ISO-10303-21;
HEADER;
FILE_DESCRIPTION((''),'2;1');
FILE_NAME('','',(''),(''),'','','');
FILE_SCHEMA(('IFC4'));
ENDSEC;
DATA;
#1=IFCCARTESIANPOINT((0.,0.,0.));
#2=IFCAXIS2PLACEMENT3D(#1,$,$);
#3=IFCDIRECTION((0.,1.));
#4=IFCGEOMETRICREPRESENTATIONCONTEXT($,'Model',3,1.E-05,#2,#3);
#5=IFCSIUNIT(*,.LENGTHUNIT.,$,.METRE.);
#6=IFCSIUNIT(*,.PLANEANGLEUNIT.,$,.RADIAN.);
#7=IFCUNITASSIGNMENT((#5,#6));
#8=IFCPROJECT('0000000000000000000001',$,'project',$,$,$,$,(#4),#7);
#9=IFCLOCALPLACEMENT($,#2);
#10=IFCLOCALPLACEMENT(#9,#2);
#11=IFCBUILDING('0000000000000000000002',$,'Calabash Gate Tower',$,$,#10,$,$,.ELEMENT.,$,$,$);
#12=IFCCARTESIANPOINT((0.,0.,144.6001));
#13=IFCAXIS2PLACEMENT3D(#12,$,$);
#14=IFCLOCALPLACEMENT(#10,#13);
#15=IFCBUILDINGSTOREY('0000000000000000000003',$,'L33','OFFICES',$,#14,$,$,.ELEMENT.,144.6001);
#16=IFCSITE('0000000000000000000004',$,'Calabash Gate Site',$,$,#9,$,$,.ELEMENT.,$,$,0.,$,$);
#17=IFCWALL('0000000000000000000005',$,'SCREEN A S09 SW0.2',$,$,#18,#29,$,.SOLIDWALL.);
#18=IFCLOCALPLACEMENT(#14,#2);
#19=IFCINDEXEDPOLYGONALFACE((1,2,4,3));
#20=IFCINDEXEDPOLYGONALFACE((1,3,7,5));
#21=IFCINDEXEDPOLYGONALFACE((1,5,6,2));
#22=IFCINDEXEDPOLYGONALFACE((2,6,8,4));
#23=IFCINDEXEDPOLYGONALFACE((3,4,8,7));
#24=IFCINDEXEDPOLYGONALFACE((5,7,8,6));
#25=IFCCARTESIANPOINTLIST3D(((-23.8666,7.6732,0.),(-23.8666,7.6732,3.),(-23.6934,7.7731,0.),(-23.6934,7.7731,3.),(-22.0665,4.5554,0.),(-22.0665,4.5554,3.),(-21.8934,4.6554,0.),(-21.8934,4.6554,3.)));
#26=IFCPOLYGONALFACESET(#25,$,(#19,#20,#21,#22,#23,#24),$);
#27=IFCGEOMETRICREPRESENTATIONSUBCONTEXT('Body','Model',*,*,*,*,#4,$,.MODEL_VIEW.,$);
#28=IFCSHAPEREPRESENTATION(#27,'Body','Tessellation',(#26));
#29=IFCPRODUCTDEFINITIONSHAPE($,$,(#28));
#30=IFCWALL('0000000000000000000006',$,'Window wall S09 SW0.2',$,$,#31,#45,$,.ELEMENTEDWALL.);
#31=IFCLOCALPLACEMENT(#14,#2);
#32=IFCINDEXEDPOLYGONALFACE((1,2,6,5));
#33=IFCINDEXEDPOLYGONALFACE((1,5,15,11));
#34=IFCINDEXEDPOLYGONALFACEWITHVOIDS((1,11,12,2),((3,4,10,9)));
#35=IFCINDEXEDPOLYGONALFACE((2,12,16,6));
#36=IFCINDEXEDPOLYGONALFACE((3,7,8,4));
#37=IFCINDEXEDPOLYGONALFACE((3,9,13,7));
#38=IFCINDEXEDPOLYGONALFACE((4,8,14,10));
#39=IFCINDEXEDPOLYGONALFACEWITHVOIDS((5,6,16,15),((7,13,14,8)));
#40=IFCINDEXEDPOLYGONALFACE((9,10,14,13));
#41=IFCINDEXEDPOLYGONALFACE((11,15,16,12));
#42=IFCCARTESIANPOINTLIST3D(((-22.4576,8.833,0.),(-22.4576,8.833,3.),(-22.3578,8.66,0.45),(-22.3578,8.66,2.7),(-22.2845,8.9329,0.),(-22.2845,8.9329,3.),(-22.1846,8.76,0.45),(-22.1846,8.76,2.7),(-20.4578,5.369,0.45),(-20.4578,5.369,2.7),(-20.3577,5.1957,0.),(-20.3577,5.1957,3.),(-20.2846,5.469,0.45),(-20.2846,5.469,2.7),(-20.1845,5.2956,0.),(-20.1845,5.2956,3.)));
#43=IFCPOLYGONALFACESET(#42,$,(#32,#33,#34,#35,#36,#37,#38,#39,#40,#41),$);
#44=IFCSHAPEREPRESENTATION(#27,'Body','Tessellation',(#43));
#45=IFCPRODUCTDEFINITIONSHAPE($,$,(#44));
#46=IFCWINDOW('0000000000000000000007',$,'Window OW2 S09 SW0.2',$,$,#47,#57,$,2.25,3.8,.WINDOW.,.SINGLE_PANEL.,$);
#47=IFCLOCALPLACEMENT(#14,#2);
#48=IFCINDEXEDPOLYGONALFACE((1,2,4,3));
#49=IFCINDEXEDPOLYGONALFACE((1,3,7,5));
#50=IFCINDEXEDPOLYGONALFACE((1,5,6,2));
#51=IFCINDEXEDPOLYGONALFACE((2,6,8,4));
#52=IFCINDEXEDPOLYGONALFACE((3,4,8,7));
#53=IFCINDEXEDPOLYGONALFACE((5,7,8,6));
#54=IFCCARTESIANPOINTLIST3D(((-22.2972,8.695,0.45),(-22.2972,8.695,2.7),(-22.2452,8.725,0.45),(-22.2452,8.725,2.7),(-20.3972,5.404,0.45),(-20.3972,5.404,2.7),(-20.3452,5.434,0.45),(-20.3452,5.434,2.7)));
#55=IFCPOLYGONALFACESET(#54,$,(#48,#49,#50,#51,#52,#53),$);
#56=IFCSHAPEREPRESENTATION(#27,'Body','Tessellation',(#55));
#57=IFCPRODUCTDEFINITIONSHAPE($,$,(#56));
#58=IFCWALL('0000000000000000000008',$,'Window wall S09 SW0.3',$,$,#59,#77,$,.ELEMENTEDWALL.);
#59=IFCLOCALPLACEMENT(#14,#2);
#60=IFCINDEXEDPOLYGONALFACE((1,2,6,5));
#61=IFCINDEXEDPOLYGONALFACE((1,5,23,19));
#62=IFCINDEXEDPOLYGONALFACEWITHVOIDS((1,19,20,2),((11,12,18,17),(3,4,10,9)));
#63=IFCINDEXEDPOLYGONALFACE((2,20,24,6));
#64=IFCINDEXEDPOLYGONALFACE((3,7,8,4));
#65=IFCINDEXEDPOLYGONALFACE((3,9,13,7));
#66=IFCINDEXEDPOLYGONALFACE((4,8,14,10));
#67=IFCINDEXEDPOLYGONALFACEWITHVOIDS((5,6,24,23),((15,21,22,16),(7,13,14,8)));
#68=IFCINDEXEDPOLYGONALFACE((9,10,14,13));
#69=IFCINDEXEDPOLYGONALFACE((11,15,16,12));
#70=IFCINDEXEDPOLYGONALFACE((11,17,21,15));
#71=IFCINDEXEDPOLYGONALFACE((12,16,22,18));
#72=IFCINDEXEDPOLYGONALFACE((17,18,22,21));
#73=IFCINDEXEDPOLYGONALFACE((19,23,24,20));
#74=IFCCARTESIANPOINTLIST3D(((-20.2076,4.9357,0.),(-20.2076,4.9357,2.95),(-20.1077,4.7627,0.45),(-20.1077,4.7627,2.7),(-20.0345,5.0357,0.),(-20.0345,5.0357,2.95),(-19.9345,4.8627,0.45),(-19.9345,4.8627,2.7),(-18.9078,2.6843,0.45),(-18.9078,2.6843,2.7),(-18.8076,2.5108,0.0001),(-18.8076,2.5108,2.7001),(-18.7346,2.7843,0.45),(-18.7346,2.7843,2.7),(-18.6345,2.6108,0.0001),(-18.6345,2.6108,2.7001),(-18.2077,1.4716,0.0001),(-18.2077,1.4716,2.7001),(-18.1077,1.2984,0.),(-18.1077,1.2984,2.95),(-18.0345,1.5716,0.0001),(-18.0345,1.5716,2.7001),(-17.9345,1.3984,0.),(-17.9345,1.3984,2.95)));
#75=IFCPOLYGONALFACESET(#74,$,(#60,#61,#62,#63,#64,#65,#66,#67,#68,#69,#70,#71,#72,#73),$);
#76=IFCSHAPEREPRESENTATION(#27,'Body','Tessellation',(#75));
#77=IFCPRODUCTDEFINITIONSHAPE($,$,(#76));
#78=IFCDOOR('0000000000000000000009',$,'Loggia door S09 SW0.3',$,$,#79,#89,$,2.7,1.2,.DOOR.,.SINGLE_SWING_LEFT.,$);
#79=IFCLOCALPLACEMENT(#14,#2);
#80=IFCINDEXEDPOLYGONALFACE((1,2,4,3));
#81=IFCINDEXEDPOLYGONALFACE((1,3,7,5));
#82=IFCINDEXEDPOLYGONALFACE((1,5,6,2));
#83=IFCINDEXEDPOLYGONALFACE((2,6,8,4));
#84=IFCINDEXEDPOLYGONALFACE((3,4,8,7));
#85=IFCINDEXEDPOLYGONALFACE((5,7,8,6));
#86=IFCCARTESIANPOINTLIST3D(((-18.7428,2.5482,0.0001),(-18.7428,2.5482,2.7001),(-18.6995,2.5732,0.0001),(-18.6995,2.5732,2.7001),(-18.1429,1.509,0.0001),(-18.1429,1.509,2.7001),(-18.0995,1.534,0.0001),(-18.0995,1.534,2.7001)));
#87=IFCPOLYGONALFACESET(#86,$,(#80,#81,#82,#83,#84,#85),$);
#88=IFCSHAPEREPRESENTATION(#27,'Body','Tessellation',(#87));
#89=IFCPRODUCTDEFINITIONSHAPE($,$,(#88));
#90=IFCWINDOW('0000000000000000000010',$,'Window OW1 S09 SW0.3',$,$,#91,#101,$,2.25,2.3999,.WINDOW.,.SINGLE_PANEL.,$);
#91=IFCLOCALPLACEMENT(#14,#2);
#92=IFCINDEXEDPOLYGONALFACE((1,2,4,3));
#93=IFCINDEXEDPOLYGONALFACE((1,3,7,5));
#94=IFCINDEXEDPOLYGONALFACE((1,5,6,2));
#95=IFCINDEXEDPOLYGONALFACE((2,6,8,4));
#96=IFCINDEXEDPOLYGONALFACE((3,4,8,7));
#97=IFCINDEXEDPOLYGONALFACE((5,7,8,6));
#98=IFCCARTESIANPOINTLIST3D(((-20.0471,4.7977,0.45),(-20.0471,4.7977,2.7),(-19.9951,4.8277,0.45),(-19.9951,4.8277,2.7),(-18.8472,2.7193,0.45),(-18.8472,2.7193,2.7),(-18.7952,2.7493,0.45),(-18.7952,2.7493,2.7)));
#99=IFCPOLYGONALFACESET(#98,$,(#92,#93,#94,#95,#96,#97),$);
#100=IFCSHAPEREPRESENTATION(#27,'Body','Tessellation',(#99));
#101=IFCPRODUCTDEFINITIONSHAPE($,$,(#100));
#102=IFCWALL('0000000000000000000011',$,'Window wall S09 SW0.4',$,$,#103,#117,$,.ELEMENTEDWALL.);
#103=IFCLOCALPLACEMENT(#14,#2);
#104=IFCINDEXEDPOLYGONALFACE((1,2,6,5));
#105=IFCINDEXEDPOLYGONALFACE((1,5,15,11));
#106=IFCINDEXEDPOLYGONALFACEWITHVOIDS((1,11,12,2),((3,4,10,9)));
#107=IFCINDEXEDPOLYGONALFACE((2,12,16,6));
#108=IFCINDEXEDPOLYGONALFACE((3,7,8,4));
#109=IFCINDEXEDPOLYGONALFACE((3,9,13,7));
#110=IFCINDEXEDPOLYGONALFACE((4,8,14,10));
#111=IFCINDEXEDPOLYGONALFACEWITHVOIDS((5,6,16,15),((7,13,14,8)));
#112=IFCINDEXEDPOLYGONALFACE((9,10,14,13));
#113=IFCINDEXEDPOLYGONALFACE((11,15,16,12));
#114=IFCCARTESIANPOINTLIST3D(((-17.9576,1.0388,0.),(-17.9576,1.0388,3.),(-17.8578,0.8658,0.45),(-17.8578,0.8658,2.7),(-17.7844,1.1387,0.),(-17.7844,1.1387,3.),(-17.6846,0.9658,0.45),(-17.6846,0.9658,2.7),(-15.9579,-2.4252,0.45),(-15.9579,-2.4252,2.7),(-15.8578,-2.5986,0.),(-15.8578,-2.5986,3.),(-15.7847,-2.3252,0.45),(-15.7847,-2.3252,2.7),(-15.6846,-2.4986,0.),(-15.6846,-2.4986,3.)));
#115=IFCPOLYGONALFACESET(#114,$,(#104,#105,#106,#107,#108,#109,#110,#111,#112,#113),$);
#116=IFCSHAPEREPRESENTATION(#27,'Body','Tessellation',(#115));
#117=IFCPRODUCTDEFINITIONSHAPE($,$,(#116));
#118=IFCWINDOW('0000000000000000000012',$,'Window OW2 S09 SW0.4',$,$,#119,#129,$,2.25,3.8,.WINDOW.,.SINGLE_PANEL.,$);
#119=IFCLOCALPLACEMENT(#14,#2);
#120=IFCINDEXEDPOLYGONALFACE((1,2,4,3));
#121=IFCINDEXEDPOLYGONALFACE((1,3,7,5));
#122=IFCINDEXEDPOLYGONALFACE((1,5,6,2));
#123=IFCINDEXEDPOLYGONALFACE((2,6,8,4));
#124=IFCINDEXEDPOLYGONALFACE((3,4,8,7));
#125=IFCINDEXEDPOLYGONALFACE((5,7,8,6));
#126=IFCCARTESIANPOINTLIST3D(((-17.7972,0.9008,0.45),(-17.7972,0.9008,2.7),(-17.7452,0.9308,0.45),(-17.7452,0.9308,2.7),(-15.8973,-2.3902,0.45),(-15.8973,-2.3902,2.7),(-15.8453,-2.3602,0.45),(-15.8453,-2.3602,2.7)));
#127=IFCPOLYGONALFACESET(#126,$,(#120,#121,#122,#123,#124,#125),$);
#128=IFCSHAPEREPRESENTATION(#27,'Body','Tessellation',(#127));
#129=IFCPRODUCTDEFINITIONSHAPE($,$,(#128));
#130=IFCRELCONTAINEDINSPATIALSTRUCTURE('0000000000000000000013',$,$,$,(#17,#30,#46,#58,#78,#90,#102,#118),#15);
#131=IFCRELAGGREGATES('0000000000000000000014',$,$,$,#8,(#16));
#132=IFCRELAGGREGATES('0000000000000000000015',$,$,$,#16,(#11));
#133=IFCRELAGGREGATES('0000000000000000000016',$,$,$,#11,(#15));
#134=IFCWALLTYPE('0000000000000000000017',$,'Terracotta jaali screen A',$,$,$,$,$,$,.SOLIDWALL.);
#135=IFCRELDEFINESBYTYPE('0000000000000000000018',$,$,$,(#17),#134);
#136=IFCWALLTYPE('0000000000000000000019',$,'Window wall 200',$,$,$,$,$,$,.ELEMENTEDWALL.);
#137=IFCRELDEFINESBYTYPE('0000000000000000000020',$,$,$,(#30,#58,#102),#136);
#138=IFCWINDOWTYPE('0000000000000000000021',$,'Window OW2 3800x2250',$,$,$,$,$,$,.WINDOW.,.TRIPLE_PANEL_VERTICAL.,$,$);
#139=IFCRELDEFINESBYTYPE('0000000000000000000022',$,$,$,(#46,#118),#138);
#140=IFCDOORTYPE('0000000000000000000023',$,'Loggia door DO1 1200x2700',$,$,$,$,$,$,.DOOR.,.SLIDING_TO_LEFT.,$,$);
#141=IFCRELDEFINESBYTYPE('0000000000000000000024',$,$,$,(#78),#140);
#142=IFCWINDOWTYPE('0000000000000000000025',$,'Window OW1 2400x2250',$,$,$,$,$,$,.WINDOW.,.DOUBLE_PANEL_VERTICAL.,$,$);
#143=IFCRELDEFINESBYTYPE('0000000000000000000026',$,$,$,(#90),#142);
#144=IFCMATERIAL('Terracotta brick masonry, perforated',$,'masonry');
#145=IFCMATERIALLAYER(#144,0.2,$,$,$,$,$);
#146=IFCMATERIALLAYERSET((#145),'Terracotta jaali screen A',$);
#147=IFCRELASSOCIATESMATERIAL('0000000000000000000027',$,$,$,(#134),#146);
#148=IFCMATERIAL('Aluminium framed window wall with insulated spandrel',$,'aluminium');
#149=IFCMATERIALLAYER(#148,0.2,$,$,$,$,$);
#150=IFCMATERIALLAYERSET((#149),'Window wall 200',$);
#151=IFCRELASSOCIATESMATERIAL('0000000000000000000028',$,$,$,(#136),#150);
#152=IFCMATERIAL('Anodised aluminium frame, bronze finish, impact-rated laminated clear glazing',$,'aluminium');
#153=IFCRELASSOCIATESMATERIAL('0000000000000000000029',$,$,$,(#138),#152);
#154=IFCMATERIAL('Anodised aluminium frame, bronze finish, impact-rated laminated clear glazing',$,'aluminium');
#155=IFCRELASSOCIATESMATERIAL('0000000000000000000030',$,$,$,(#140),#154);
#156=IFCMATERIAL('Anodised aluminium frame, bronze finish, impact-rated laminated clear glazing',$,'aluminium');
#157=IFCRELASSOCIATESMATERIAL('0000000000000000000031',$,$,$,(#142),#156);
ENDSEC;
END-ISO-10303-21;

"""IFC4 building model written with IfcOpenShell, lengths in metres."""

from ifc_helpers import new_model, si_unit, direction, frame, frame_2d, origin, place, context, subcontext, project, spatial, rectangle, extrude, material, layer, layer_set, type_object, element, fill, save


model = new_model("IFC4")

# Units and contexts
model_context = context("Model", 3, precision=1e-05, world=origin(), true_north=direction((0.0, 1.0)))
body_context = subcontext(model_context, "Body", "Model", "MODEL_VIEW")
ifc_project = project(units=[si_unit("LENGTHUNIT", "METRE"), si_unit("PLANEANGLEUNIT", "RADIAN")], contexts=[model_context])

# Site, building, storey
site_placement = place(None, origin())
site = spatial("IfcSite", under=ifc_project, at=site_placement, Name="Calabash Gate Site", CompositionType="ELEMENT", RefElevation=0.0)
building_placement = place(site_placement, origin())
building = spatial("IfcBuilding", under=site, at=building_placement, Name="Calabash Gate Tower", CompositionType="ELEMENT")
storey_placement = place(building_placement, frame((0.0, 0.0, 144.6001)))
storey = spatial("IfcBuildingStorey", under=building, at=storey_placement, Name="L33", Description="OFFICES", CompositionType="ELEMENT", Elevation=144.6001)

# Wall
ifc_material_1 = material(Name="Terracotta brick masonry, perforated", Category="masonry")
ifc_layer_1 = layer(ifc_material_1, 0.2)
ifc_layer_set_1 = layer_set([ifc_layer_1], Name="Terracotta jaali screen A")
wall_type_1 = type_object("IfcWallType", Name="Terracotta jaali screen A", PredefinedType="SOLIDWALL", material=ifc_layer_set_1)
wall_1_placement = place(storey_placement, frame((-23.78, 7.7231, 0.0), z_axis=(0.0, 0.0, 1.0), x_axis=(0.500012, -0.866018, 0.0)))
element("IfcWall", 1, at=wall_1_placement, inside=storey, type_object=wall_type_1, Name="SCREEN A S09 SW0.2", PredefinedType="SOLIDWALL", context=body_context, shape_type="SweptSolid", body=[
    extrude(rectangle(XDim=3.6001, YDim=0.2, at=frame_2d((1.8, 0.0))), origin(), (0.0, 0.0, 1.0), 3.0),
])

# Wall, opening, window
ifc_material_2 = material(Name="Aluminium framed window wall with insulated spandrel", Category="aluminium")
ifc_layer_2 = layer(ifc_material_2, 0.2)
ifc_layer_set_2 = layer_set([ifc_layer_2], Name="Window wall 200")
wall_type_2 = type_object("IfcWallType", Name="Window wall 200", PredefinedType="ELEMENTEDWALL", material=ifc_layer_set_2)
wall_2_placement = place(storey_placement, frame((-22.3711, 8.8831, 0.0), z_axis=(0.0, 0.0, 1.0), x_axis=(0.499984, -0.866035, 0.0)))
wall_2 = element("IfcWall", 2, at=wall_2_placement, inside=storey, type_object=wall_type_2, Name="Window wall S09 SW0.2", PredefinedType="ELEMENTEDWALL", context=body_context, shape_type="SweptSolid", body=[
    extrude(rectangle(XDim=4.2, YDim=0.2, at=frame_2d((2.1001, 0.0))), origin(), (0.0, 0.0, 1.0), 3.0),
])
opening_1_placement = place(wall_2_placement, frame((0.2, 0.0, 0.45)))
opening_1 = element("IfcOpeningElement", 3, at=opening_1_placement, cuts=wall_2, PredefinedType="OPENING", context=body_context, shape_type="SweptSolid", body=[
    extrude(rectangle(XDim=3.8, YDim=2.25, at=frame_2d((1.8999, 1.125))), frame((0.0, 0.1099, 0.0), z_axis=(0.0, -1.0, 0.0), x_axis=(1.0, 0.0, 0.0)), (0.0, 0.0, 1.0), 0.22),
])
ifc_material_3 = material(Name="Anodised aluminium frame, bronze finish, impact-rated laminated clear glazing", Category="aluminium")
window_type_1 = type_object("IfcWindowType", Name="Window OW2 3800x2250", PartitioningType="TRIPLE_PANEL_VERTICAL", PredefinedType="WINDOW", material=ifc_material_3)
window_1_placement = place(opening_1_placement, origin())
window_1 = element("IfcWindow", 4, at=window_1_placement, inside=storey, type_object=window_type_1, Name="Window OW2 S09 SW0.2", OverallHeight=2.25, OverallWidth=3.8, PartitioningType="SINGLE_PANEL", PredefinedType="WINDOW", context=body_context, shape_type="SweptSolid", body=[
    extrude(rectangle(XDim=3.8, YDim=2.25, at=frame_2d((1.8999, 1.125))), frame((0.0, 0.03, 0.0), z_axis=(0.0, -1.0, 0.0), x_axis=(1.0, 0.0, 0.0)), (0.0, 0.0, 1.0), 0.0601),
])
fill(opening_1, window_1)

# Wall, openings, door, window
wall_3_placement = place(storey_placement, frame((-20.1211, 4.9858, 0.0), z_axis=(0.0, 0.0, 1.0), x_axis=(0.499984, -0.866035, 0.0)))
wall_3 = element("IfcWall", 5, at=wall_3_placement, inside=storey, type_object=wall_type_2, Name="Window wall S09 SW0.3", PredefinedType="ELEMENTEDWALL", context=body_context, shape_type="SweptSolid", body=[
    extrude(rectangle(XDim=4.2, YDim=0.2, at=frame_2d((2.1001, 0.0))), origin(), (0.0, 0.0, 1.0), 2.95),
])
opening_2_placement = place(wall_3_placement, frame((0.2, 0.0, 0.45)))
opening_2 = element("IfcOpeningElement", 6, at=opening_2_placement, cuts=wall_3, PredefinedType="OPENING", context=body_context, shape_type="SweptSolid", body=[
    extrude(rectangle(XDim=2.3999, YDim=2.25, at=frame_2d((1.2, 1.125))), frame((0.0, 0.1099, 0.0), z_axis=(0.0, -1.0, 0.0), x_axis=(1.0, 0.0, 0.0)), (0.0, 0.0, 1.0), 0.22),
])
opening_3_placement = place(wall_3_placement, frame((2.8, 0.0, 0.0)))
opening_3 = element("IfcOpeningElement", 7, at=opening_3_placement, cuts=wall_3, PredefinedType="OPENING", context=body_context, shape_type="SweptSolid", body=[
    extrude(rectangle(XDim=1.2, YDim=2.7, at=frame_2d((0.6001, 1.3501))), frame((0.0, 0.1099, 0.0), z_axis=(0.0, -1.0, 0.0), x_axis=(1.0, 0.0, 0.0)), (0.0, 0.0, 1.0), 0.22),
])
ifc_material_4 = material(Name="Anodised aluminium frame, bronze finish, impact-rated laminated clear glazing", Category="aluminium")
door_type_1 = type_object("IfcDoorType", Name="Loggia door DO1 1200x2700", OperationType="SLIDING_TO_LEFT", PredefinedType="DOOR", material=ifc_material_4)
door_1_placement = place(opening_3_placement, origin())
door_1 = element("IfcDoor", 8, at=door_1_placement, inside=storey, type_object=door_type_1, Name="Loggia door S09 SW0.3", OperationType="SINGLE_SWING_LEFT", OverallHeight=2.7, OverallWidth=1.2, PredefinedType="DOOR", context=body_context, shape_type="SweptSolid", body=[
    extrude(rectangle(XDim=1.2, YDim=2.7, at=frame_2d((0.6001, 1.3501))), frame((0.0, 0.0249, 0.0), z_axis=(0.0, -1.0, 0.0), x_axis=(1.0, 0.0, 0.0)), (0.0, 0.0, 1.0), 0.05),
])
fill(opening_3, door_1)
ifc_material_5 = material(Name="Anodised aluminium frame, bronze finish, impact-rated laminated clear glazing", Category="aluminium")
window_type_2 = type_object("IfcWindowType", Name="Window OW1 2400x2250", PartitioningType="DOUBLE_PANEL_VERTICAL", PredefinedType="WINDOW", material=ifc_material_5)
window_2_placement = place(opening_2_placement, origin())
window_2 = element("IfcWindow", 9, at=window_2_placement, inside=storey, type_object=window_type_2, Name="Window OW1 S09 SW0.3", OverallHeight=2.25, OverallWidth=2.3999, PartitioningType="SINGLE_PANEL", PredefinedType="WINDOW", context=body_context, shape_type="SweptSolid", body=[
    extrude(rectangle(XDim=2.3999, YDim=2.25, at=frame_2d((1.2, 1.125))), frame((0.0, 0.03, 0.0), z_axis=(0.0, -1.0, 0.0), x_axis=(1.0, 0.0, 0.0)), (0.0, 0.0, 1.0), 0.0601),
])
fill(opening_2, window_2)

# Wall, opening, window
wall_4_placement = place(storey_placement, frame((-17.8711, 1.0889, 0.0), z_axis=(0.0, 0.0, 1.0), x_axis=(0.499959, -0.866049, 0.0)))
wall_4 = element("IfcWall", 10, at=wall_4_placement, inside=storey, type_object=wall_type_2, Name="Window wall S09 SW0.4", PredefinedType="ELEMENTEDWALL", context=body_context, shape_type="SweptSolid", body=[
    extrude(rectangle(XDim=4.2, YDim=0.2, at=frame_2d((2.1001, 0.0))), origin(), (0.0, 0.0, 1.0), 3.0),
])
opening_4_placement = place(wall_4_placement, frame((0.2, 0.0, 0.45)))
opening_4 = element("IfcOpeningElement", 11, at=opening_4_placement, cuts=wall_4, PredefinedType="OPENING", context=body_context, shape_type="SweptSolid", body=[
    extrude(rectangle(XDim=3.8, YDim=2.25, at=frame_2d((1.8999, 1.125))), frame((0.0, 0.1099, 0.0), z_axis=(0.0, -1.0, 0.0), x_axis=(1.0, 0.0, 0.0)), (0.0, 0.0, 1.0), 0.22),
])
window_3_placement = place(opening_4_placement, origin())
window_3 = element("IfcWindow", 12, at=window_3_placement, inside=storey, type_object=window_type_1, Name="Window OW2 S09 SW0.4", OverallHeight=2.25, OverallWidth=3.8, PartitioningType="SINGLE_PANEL", PredefinedType="WINDOW", context=body_context, shape_type="SweptSolid", body=[
    extrude(rectangle(XDim=3.8, YDim=2.25, at=frame_2d((1.8999, 1.125))), frame((0.0, 0.03, 0.0), z_axis=(0.0, -1.0, 0.0), x_axis=(1.0, 0.0, 0.0)), (0.0, 0.0, 1.0), 0.0601),
])
fill(opening_4, window_3)

save(model, "model.ifc")
